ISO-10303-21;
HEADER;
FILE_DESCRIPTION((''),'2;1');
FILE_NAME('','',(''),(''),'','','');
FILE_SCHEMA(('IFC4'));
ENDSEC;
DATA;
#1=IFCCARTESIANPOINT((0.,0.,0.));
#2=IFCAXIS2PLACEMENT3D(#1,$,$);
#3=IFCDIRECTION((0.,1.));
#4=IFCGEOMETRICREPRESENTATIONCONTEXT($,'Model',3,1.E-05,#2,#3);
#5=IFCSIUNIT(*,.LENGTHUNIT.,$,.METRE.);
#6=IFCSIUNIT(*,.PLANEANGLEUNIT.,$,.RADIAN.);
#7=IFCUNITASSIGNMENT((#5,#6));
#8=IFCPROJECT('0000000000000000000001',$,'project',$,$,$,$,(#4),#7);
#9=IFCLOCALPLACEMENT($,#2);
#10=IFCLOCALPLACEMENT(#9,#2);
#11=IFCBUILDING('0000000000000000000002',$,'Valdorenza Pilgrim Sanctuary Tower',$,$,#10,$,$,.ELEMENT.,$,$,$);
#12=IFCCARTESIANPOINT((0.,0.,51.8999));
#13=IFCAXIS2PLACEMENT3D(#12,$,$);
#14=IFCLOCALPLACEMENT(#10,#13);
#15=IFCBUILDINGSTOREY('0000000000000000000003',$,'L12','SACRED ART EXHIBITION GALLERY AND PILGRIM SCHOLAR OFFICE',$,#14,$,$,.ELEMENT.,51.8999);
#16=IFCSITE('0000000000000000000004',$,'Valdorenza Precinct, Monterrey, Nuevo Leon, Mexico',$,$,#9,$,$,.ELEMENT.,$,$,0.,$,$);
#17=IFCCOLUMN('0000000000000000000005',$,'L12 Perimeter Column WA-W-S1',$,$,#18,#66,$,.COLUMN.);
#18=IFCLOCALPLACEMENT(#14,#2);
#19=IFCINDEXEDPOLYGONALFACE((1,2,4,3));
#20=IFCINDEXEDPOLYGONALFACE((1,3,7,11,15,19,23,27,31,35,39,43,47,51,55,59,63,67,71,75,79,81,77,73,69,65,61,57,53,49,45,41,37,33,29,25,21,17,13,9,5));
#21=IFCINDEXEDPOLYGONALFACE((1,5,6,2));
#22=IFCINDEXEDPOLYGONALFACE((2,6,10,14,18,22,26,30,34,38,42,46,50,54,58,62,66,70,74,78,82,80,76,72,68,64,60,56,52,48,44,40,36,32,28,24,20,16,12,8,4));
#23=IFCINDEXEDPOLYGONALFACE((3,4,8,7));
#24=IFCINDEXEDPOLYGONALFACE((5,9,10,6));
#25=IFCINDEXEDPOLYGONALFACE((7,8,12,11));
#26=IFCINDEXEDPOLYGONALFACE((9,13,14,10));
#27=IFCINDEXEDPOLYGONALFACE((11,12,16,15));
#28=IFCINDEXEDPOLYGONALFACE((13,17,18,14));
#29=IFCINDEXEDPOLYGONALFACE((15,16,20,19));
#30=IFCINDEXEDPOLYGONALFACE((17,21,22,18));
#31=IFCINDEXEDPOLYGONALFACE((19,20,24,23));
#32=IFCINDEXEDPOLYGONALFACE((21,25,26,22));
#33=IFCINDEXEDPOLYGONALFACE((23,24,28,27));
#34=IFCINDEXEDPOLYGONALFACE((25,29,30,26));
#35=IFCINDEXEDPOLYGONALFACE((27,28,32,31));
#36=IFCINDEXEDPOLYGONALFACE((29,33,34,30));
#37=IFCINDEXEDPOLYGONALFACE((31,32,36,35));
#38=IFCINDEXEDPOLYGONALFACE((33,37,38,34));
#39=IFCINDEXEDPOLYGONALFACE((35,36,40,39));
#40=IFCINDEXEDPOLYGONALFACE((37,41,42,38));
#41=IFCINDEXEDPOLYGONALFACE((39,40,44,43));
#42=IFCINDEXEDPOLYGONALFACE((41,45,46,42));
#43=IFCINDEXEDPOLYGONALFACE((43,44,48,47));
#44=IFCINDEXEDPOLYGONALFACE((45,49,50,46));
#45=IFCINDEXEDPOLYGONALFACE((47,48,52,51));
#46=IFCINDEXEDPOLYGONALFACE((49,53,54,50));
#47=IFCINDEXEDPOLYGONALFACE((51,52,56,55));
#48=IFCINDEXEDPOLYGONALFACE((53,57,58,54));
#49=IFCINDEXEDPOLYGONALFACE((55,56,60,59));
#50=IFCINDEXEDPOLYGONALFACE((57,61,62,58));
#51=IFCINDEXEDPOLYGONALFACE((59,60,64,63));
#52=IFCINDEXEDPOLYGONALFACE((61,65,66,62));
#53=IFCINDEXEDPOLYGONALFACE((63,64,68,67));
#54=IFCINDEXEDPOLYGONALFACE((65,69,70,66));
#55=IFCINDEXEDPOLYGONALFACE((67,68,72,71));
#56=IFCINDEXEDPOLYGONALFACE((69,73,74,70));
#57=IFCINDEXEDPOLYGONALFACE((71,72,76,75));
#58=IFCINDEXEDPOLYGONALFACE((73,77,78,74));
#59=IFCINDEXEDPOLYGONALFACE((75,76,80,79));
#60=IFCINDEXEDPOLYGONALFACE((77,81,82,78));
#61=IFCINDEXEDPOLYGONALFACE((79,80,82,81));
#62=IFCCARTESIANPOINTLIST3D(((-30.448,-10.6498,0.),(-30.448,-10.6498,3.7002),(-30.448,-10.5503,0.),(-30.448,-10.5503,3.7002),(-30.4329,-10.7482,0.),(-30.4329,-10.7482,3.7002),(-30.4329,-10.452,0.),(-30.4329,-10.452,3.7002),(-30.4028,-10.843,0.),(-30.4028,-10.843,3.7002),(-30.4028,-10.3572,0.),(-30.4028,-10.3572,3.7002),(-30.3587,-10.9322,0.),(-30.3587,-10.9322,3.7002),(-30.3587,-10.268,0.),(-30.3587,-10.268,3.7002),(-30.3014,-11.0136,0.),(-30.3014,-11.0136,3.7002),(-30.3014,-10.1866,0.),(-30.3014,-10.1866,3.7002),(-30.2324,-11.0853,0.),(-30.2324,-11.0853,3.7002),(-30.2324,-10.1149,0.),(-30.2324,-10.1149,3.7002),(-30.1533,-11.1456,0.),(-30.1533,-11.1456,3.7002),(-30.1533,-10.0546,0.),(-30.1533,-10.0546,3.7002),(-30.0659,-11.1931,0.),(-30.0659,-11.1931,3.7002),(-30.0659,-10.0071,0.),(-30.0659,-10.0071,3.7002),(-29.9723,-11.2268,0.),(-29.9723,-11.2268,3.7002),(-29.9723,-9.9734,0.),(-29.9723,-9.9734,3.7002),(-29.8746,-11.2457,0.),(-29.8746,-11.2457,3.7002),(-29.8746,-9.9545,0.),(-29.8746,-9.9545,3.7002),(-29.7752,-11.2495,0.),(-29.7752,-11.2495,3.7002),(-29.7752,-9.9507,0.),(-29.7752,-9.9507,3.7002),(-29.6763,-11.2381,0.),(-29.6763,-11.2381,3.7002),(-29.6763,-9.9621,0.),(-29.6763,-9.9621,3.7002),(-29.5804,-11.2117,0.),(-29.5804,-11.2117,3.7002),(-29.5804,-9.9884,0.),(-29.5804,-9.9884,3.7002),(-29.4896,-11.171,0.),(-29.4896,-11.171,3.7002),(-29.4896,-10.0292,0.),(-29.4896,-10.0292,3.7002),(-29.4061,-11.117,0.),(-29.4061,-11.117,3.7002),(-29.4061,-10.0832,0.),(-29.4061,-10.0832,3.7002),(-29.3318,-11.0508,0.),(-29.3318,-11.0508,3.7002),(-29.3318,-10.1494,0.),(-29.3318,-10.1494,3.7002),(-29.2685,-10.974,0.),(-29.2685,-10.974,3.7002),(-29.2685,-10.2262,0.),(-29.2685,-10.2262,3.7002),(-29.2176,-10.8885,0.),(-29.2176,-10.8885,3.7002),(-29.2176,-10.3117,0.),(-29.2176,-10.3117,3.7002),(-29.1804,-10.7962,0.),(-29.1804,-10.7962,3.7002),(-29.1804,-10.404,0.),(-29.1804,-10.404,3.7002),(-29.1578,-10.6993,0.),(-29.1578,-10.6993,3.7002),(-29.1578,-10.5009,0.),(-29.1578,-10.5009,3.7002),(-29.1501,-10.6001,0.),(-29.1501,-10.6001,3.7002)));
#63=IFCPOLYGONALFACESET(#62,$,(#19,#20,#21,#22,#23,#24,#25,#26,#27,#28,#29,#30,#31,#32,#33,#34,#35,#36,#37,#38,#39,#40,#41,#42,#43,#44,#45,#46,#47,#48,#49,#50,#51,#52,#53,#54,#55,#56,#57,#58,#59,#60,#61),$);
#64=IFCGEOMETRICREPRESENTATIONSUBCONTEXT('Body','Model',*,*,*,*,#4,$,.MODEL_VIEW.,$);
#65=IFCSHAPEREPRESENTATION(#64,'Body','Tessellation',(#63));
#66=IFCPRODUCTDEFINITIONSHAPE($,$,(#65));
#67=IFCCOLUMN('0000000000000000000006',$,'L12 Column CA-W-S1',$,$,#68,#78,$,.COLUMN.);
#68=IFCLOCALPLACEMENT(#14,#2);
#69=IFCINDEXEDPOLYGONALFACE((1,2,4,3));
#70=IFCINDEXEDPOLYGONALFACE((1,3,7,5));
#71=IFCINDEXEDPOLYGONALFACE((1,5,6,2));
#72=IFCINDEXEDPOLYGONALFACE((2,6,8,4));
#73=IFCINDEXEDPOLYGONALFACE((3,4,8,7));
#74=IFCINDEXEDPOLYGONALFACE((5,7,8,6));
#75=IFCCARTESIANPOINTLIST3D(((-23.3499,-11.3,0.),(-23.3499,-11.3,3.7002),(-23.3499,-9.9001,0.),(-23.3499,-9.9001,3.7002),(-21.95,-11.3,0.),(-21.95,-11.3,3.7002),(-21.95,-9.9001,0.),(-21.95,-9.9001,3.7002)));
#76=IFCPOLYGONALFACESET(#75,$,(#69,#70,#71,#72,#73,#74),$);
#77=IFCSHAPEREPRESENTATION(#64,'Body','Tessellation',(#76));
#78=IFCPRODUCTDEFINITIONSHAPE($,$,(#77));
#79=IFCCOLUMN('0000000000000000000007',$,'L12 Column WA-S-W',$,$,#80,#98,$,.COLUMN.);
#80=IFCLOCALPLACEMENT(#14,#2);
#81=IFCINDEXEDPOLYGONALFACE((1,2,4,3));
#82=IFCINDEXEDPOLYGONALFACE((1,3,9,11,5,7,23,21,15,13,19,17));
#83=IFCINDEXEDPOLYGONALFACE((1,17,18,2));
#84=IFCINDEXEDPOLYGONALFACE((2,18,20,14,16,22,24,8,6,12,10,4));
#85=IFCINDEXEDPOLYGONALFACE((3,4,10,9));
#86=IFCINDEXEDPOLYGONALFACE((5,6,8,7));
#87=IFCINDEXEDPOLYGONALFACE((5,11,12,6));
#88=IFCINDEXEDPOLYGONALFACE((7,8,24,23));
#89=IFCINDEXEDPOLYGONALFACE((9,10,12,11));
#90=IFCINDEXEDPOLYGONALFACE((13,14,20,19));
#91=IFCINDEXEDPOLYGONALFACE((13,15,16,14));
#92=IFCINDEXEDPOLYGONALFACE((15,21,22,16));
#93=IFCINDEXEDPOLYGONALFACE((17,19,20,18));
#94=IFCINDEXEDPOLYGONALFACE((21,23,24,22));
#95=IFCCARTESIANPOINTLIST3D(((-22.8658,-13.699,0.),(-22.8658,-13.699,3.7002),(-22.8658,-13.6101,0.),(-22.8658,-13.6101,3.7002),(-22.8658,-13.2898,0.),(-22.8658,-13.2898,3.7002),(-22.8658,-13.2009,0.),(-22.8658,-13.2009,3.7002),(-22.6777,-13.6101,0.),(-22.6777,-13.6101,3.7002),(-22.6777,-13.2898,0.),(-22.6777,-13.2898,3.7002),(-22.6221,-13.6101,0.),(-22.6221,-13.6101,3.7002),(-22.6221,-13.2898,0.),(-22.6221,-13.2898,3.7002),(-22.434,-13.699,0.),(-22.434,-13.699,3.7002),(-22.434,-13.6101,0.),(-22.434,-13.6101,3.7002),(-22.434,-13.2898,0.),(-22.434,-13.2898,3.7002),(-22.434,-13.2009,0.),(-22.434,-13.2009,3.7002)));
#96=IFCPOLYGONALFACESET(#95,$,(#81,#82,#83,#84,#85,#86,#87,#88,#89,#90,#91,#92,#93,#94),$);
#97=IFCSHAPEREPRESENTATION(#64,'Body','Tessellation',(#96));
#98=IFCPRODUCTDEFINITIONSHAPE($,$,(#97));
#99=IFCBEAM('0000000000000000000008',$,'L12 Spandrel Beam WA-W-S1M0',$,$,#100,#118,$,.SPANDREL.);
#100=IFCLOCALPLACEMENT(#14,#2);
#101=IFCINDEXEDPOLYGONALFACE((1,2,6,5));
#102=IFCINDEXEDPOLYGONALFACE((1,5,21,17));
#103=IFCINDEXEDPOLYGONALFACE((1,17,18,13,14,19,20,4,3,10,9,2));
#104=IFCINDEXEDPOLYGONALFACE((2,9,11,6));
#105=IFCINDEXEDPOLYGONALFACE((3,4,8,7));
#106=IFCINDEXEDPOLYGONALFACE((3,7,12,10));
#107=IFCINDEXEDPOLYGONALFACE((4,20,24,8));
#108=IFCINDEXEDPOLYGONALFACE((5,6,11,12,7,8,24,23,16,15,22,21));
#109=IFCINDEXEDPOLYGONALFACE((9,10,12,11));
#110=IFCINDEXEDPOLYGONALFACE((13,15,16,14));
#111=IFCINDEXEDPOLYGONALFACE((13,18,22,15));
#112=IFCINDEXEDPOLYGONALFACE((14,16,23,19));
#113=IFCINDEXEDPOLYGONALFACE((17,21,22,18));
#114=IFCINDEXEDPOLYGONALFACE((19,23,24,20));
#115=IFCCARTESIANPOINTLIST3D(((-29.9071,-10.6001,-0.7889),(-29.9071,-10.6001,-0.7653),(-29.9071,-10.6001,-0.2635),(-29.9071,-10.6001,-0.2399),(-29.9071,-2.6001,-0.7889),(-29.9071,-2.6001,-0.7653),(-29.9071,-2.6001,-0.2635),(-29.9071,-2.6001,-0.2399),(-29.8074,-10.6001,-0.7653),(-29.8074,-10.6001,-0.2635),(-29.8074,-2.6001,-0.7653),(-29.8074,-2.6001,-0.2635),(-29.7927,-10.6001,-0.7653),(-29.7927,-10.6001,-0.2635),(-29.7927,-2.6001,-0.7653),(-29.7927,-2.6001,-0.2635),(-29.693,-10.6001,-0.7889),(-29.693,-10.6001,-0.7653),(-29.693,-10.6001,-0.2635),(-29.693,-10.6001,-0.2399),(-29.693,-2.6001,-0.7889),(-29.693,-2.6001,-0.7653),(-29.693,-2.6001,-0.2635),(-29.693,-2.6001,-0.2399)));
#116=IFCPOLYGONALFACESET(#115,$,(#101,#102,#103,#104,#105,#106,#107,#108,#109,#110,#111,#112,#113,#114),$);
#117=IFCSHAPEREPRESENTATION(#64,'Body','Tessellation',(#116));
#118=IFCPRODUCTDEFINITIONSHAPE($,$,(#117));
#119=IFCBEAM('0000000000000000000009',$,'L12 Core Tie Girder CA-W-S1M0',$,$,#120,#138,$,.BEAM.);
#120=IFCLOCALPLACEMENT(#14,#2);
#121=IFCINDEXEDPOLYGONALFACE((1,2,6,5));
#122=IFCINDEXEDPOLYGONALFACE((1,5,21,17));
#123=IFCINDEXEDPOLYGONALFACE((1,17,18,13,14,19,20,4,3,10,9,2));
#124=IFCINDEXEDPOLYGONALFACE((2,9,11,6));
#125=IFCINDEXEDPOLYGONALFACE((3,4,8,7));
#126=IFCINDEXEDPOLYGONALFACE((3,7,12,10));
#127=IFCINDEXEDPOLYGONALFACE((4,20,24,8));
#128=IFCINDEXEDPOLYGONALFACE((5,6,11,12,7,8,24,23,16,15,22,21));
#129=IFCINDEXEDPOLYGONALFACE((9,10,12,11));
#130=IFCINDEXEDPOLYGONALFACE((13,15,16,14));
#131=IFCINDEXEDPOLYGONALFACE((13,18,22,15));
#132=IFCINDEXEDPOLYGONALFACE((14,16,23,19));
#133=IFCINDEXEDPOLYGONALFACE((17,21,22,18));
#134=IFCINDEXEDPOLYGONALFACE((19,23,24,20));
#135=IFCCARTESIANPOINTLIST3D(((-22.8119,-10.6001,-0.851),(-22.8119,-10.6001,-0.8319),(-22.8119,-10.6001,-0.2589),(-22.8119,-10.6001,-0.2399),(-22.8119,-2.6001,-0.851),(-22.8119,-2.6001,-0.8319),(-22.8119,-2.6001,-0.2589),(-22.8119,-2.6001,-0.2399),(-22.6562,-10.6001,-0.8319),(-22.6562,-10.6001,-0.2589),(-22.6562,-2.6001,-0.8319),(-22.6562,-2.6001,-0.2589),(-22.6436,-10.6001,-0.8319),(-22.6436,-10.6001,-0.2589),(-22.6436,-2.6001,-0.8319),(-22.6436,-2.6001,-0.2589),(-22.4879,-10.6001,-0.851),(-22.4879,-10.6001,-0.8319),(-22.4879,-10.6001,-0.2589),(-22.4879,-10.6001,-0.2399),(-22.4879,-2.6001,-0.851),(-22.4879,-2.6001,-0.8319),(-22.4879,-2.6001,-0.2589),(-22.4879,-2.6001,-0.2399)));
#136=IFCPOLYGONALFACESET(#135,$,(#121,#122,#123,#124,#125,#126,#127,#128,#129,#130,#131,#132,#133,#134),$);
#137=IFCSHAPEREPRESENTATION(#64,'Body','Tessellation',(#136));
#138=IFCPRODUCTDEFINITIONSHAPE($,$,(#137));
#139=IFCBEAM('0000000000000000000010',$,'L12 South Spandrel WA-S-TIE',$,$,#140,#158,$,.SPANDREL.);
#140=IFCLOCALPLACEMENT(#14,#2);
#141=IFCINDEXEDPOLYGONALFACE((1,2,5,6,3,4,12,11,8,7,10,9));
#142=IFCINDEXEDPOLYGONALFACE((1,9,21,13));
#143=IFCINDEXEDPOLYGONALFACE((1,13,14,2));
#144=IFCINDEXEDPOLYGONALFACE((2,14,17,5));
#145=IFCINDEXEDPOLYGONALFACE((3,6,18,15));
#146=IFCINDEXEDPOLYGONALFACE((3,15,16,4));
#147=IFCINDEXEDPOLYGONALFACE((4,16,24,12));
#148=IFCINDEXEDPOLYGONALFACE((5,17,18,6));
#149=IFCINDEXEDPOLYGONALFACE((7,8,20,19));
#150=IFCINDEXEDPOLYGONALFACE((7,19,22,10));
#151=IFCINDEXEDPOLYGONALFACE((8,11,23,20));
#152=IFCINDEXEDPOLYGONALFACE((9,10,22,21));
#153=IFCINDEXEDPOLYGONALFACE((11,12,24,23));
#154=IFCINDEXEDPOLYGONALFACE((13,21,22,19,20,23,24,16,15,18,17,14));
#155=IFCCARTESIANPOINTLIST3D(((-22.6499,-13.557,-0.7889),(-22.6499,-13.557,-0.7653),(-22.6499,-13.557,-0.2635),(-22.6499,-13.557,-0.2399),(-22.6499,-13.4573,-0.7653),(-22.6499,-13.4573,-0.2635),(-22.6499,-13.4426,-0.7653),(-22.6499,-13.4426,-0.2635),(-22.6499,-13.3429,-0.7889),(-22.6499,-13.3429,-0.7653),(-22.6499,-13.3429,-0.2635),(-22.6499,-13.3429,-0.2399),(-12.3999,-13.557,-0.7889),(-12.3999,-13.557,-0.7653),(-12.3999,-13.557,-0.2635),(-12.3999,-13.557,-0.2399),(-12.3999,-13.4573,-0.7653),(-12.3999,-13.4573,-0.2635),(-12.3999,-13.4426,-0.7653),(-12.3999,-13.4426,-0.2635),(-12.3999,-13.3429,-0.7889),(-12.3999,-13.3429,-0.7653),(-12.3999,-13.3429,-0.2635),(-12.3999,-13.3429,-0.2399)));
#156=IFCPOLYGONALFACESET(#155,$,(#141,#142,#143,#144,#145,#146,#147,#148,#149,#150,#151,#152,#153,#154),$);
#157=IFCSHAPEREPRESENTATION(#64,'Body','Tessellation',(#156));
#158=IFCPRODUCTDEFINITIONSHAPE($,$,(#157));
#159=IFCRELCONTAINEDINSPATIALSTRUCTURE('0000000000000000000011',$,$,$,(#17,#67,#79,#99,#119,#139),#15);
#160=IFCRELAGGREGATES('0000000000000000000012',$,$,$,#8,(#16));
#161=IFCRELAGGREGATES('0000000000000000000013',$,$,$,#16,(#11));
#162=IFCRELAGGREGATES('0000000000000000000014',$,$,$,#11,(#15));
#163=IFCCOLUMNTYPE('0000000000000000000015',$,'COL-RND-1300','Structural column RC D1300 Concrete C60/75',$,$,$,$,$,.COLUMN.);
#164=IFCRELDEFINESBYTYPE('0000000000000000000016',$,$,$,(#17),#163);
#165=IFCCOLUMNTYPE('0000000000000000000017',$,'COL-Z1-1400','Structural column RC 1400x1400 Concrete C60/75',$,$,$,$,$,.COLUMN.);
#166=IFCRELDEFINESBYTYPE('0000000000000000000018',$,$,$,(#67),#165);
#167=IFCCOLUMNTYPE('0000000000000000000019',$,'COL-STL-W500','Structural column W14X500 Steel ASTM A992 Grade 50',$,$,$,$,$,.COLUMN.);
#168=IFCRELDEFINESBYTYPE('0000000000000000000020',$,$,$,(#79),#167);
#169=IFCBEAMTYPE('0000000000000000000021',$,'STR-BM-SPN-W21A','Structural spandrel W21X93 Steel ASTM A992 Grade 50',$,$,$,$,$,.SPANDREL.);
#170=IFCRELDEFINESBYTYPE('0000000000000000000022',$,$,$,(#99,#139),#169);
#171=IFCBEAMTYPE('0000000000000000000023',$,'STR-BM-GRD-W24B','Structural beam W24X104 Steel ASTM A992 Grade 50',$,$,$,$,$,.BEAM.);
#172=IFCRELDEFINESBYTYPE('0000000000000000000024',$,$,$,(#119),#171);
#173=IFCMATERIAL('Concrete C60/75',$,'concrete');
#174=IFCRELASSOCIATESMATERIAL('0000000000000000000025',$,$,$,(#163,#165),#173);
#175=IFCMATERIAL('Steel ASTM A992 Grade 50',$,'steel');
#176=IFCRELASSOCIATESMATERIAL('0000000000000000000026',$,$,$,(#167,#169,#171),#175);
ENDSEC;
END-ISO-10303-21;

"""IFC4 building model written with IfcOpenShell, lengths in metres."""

from ifc_helpers import new_model, si_unit, direction, frame, origin, origin_2d, place, context, subcontext, project, spatial, rectangle, circle, i_section, extrude, source, transform, mapped, material, material_profile, profile_set, type_object, element, save


model = new_model("IFC4")

# Units and contexts
model_context = context("Model", 3, precision=1e-05, world=origin(), true_north=direction((0.0, 1.0)))
body_context = subcontext(model_context, "Body", "Model", "MODEL_VIEW")
ifc_project = project(units=[si_unit("LENGTHUNIT", "METRE"), si_unit("PLANEANGLEUNIT", "RADIAN")], contexts=[model_context])

# Site, building, storey
site_placement = place(None, origin())
site = spatial("IfcSite", under=ifc_project, at=site_placement, Name="Valdorenza Precinct, Monterrey, Nuevo Leon, Mexico", CompositionType="ELEMENT", RefElevation=0.0)
building_placement = place(site_placement, origin())
building = spatial("IfcBuilding", under=site, at=building_placement, Name="Valdorenza Pilgrim Sanctuary Tower", CompositionType="ELEMENT")
storey_placement = place(building_placement, frame((0.0, 0.0, 51.8999)))
storey = spatial("IfcBuildingStorey", under=building, at=storey_placement, Name="L12", Description="SACRED ART EXHIBITION GALLERY AND PILGRIM SCHOLAR OFFICE", CompositionType="ELEMENT", Elevation=51.8999)

# Columns
ifc_material_1 = material(Name="Concrete C60/75", Category="concrete")
ifc_material_profile_1 = material_profile(ifc_material_1, circle(Radius=0.6499, at=origin_2d()), Name="RC D1300")
ifc_profile_set_1 = profile_set([ifc_material_profile_1], Name="Concrete C60/75")
column_type_1 = type_object("IfcColumnType", Name="COL-RND-1300", Description="Structural column RC D1300 Concrete C60/75", PredefinedType="COLUMN", material=ifc_profile_set_1)
shared_shape_1 = source(origin(), body_context, "Body", "SweptSolid", [
    extrude(circle(Radius=0.6499, at=origin_2d()), origin(), (0.0, 0.0, 1.0), 3.7002),
])
column_1_placement = place(storey_placement, frame((-29.8, -10.6001, 0.0), z_axis=(0.0, 0.0, 1.0), x_axis=(1.0, 0.0, 0.0)))
element("IfcColumn", 1, at=column_1_placement, inside=storey, type_object=column_type_1, Name="L12 Perimeter Column WA-W-S1", PredefinedType="COLUMN", context=body_context, shape_type="MappedRepresentation", body=[
    mapped(shared_shape_1, transform((0.0, 0.0, 0.0), x_axis=(1.0, 0.0, 0.0), y_axis=(0.0, 1.0, 0.0), z_axis=(0.0, 0.0, 1.0), scale=1.0)),
])
ifc_material_profile_2 = material_profile(ifc_material_1, rectangle(XDim=1.3999, YDim=1.3999, at=origin_2d()), Name="RC 1400x1400")
ifc_profile_set_2 = profile_set([ifc_material_profile_2], Name="Concrete C60/75")
column_type_2 = type_object("IfcColumnType", Name="COL-Z1-1400", Description="Structural column RC 1400x1400 Concrete C60/75", PredefinedType="COLUMN", material=ifc_profile_set_2)
shared_shape_2 = source(origin(), body_context, "Body", "SweptSolid", [
    extrude(rectangle(XDim=1.3999, YDim=1.3999, at=origin_2d()), origin(), (0.0, 0.0, 1.0), 3.7002),
])
column_2_placement = place(storey_placement, frame((-22.6499, -10.6001, 0.0), z_axis=(0.0, 0.0, 1.0), x_axis=(1.0, 0.0, 0.0)))
element("IfcColumn", 2, at=column_2_placement, inside=storey, type_object=column_type_2, Name="L12 Column CA-W-S1", PredefinedType="COLUMN", context=body_context, shape_type="MappedRepresentation", body=[
    mapped(shared_shape_2, transform((0.0, 0.0, 0.0), x_axis=(1.0, 0.0, 0.0), y_axis=(0.0, 1.0, 0.0), z_axis=(0.0, 0.0, 1.0), scale=1.0)),
])
ifc_material_2 = material(Name="Steel ASTM A992 Grade 50", Category="steel")
ifc_material_profile_3 = material_profile(ifc_material_2, i_section(OverallWidth=0.4319, OverallDepth=0.498, WebThickness=0.0557, FlangeThickness=0.0889, at=origin_2d()), Name="W14X500")
ifc_profile_set_3 = profile_set([ifc_material_profile_3], Name="Steel ASTM A992 Grade 50")
column_type_3 = type_object("IfcColumnType", Name="COL-STL-W500", Description="Structural column W14X500 Steel ASTM A992 Grade 50", PredefinedType="COLUMN", material=ifc_profile_set_3)
shared_shape_3 = source(origin(), body_context, "Body", "SweptSolid", [
    extrude(i_section(OverallWidth=0.4319, OverallDepth=0.498, WebThickness=0.0557, FlangeThickness=0.0889, at=origin_2d()), origin(), (0.0, 0.0, 1.0), 3.7002),
])
column_3_placement = place(storey_placement, frame((-22.6499, -13.45, 0.0), z_axis=(0.0, 0.0, 1.0), x_axis=(1.0, 0.0, 0.0)))
element("IfcColumn", 3, at=column_3_placement, inside=storey, type_object=column_type_3, Name="L12 Column WA-S-W", PredefinedType="COLUMN", context=body_context, shape_type="MappedRepresentation", body=[
    mapped(shared_shape_3, transform((0.0, 0.0, 0.0), x_axis=(1.0, 0.0, 0.0), y_axis=(0.0, 1.0, 0.0), z_axis=(0.0, 0.0, 1.0), scale=1.0)),
])

# Beams
ifc_material_profile_4 = material_profile(ifc_material_2, i_section(OverallWidth=0.2141, OverallDepth=0.5491, WebThickness=0.0146, FlangeThickness=0.0237, at=origin_2d()), Name="W21X93")
ifc_profile_set_4 = profile_set([ifc_material_profile_4], Name="Steel ASTM A992 Grade 50")
beam_type_1 = type_object("IfcBeamType", Name="STR-BM-SPN-W21A", Description="Structural spandrel W21X93 Steel ASTM A992 Grade 50", PredefinedType="SPANDREL", material=ifc_profile_set_4)
shared_shape_4 = source(origin(), body_context, "Body", "SweptSolid", [
    extrude(i_section(OverallWidth=0.2141, OverallDepth=0.5491, WebThickness=0.0146, FlangeThickness=0.0237, at=origin_2d()), origin(), (0.0, 0.0, 1.0), 8.0),
])
beam_1_placement = place(storey_placement, frame((-29.8, -10.6001, -0.5144), z_axis=(0.0, 1.0, 0.0), x_axis=(-1.0, 0.0, 0.0)))
element("IfcBeam", 4, at=beam_1_placement, inside=storey, type_object=beam_type_1, Name="L12 Spandrel Beam WA-W-S1M0", PredefinedType="SPANDREL", context=body_context, shape_type="MappedRepresentation", body=[
    mapped(shared_shape_4, transform((0.0, 0.0, 0.0), x_axis=(1.0, 0.0, 0.0), y_axis=(0.0, 1.0, 0.0), z_axis=(0.0, 0.0, 1.0), scale=1.0)),
])
ifc_material_profile_5 = material_profile(ifc_material_2, i_section(OverallWidth=0.324, OverallDepth=0.6111, WebThickness=0.0127, FlangeThickness=0.019, at=origin_2d()), Name="W24X104")
ifc_profile_set_5 = profile_set([ifc_material_profile_5], Name="Steel ASTM A992 Grade 50")
beam_type_2 = type_object("IfcBeamType", Name="STR-BM-GRD-W24B", Description="Structural beam W24X104 Steel ASTM A992 Grade 50", PredefinedType="BEAM", material=ifc_profile_set_5)
shared_shape_5 = source(origin(), body_context, "Body", "SweptSolid", [
    extrude(i_section(OverallWidth=0.324, OverallDepth=0.6111, WebThickness=0.0127, FlangeThickness=0.019, at=origin_2d()), origin(), (0.0, 0.0, 1.0), 8.0),
])
beam_2_placement = place(storey_placement, frame((-22.6499, -10.6001, -0.5454), z_axis=(0.0, 1.0, 0.0), x_axis=(-1.0, 0.0, 0.0)))
element("IfcBeam", 5, at=beam_2_placement, inside=storey, type_object=beam_type_2, Name="L12 Core Tie Girder CA-W-S1M0", PredefinedType="BEAM", context=body_context, shape_type="MappedRepresentation", body=[
    mapped(shared_shape_5, transform((0.0, 0.0, 0.0), x_axis=(1.0, 0.0, 0.0), y_axis=(0.0, 1.0, 0.0), z_axis=(0.0, 0.0, 1.0), scale=1.0)),
])
shared_shape_6 = source(origin(), body_context, "Body", "SweptSolid", [
    extrude(i_section(OverallWidth=0.2141, OverallDepth=0.5491, WebThickness=0.0146, FlangeThickness=0.0237, at=origin_2d()), origin(), (0.0, 0.0, 1.0), 10.25),
])
beam_3_placement = place(storey_placement, frame((-22.6499, -13.45, -0.5144), z_axis=(1.0, 0.0, 0.0), x_axis=(0.0, 1.0, 0.0)))
element("IfcBeam", 6, at=beam_3_placement, inside=storey, type_object=beam_type_1, Name="L12 South Spandrel WA-S-TIE", PredefinedType="SPANDREL", context=body_context, shape_type="MappedRepresentation", body=[
    mapped(shared_shape_6, transform((0.0, 0.0, 0.0), x_axis=(1.0, 0.0, 0.0), y_axis=(0.0, 1.0, 0.0), z_axis=(0.0, 0.0, 1.0), scale=1.0)),
])

save(model, "model.ifc")
